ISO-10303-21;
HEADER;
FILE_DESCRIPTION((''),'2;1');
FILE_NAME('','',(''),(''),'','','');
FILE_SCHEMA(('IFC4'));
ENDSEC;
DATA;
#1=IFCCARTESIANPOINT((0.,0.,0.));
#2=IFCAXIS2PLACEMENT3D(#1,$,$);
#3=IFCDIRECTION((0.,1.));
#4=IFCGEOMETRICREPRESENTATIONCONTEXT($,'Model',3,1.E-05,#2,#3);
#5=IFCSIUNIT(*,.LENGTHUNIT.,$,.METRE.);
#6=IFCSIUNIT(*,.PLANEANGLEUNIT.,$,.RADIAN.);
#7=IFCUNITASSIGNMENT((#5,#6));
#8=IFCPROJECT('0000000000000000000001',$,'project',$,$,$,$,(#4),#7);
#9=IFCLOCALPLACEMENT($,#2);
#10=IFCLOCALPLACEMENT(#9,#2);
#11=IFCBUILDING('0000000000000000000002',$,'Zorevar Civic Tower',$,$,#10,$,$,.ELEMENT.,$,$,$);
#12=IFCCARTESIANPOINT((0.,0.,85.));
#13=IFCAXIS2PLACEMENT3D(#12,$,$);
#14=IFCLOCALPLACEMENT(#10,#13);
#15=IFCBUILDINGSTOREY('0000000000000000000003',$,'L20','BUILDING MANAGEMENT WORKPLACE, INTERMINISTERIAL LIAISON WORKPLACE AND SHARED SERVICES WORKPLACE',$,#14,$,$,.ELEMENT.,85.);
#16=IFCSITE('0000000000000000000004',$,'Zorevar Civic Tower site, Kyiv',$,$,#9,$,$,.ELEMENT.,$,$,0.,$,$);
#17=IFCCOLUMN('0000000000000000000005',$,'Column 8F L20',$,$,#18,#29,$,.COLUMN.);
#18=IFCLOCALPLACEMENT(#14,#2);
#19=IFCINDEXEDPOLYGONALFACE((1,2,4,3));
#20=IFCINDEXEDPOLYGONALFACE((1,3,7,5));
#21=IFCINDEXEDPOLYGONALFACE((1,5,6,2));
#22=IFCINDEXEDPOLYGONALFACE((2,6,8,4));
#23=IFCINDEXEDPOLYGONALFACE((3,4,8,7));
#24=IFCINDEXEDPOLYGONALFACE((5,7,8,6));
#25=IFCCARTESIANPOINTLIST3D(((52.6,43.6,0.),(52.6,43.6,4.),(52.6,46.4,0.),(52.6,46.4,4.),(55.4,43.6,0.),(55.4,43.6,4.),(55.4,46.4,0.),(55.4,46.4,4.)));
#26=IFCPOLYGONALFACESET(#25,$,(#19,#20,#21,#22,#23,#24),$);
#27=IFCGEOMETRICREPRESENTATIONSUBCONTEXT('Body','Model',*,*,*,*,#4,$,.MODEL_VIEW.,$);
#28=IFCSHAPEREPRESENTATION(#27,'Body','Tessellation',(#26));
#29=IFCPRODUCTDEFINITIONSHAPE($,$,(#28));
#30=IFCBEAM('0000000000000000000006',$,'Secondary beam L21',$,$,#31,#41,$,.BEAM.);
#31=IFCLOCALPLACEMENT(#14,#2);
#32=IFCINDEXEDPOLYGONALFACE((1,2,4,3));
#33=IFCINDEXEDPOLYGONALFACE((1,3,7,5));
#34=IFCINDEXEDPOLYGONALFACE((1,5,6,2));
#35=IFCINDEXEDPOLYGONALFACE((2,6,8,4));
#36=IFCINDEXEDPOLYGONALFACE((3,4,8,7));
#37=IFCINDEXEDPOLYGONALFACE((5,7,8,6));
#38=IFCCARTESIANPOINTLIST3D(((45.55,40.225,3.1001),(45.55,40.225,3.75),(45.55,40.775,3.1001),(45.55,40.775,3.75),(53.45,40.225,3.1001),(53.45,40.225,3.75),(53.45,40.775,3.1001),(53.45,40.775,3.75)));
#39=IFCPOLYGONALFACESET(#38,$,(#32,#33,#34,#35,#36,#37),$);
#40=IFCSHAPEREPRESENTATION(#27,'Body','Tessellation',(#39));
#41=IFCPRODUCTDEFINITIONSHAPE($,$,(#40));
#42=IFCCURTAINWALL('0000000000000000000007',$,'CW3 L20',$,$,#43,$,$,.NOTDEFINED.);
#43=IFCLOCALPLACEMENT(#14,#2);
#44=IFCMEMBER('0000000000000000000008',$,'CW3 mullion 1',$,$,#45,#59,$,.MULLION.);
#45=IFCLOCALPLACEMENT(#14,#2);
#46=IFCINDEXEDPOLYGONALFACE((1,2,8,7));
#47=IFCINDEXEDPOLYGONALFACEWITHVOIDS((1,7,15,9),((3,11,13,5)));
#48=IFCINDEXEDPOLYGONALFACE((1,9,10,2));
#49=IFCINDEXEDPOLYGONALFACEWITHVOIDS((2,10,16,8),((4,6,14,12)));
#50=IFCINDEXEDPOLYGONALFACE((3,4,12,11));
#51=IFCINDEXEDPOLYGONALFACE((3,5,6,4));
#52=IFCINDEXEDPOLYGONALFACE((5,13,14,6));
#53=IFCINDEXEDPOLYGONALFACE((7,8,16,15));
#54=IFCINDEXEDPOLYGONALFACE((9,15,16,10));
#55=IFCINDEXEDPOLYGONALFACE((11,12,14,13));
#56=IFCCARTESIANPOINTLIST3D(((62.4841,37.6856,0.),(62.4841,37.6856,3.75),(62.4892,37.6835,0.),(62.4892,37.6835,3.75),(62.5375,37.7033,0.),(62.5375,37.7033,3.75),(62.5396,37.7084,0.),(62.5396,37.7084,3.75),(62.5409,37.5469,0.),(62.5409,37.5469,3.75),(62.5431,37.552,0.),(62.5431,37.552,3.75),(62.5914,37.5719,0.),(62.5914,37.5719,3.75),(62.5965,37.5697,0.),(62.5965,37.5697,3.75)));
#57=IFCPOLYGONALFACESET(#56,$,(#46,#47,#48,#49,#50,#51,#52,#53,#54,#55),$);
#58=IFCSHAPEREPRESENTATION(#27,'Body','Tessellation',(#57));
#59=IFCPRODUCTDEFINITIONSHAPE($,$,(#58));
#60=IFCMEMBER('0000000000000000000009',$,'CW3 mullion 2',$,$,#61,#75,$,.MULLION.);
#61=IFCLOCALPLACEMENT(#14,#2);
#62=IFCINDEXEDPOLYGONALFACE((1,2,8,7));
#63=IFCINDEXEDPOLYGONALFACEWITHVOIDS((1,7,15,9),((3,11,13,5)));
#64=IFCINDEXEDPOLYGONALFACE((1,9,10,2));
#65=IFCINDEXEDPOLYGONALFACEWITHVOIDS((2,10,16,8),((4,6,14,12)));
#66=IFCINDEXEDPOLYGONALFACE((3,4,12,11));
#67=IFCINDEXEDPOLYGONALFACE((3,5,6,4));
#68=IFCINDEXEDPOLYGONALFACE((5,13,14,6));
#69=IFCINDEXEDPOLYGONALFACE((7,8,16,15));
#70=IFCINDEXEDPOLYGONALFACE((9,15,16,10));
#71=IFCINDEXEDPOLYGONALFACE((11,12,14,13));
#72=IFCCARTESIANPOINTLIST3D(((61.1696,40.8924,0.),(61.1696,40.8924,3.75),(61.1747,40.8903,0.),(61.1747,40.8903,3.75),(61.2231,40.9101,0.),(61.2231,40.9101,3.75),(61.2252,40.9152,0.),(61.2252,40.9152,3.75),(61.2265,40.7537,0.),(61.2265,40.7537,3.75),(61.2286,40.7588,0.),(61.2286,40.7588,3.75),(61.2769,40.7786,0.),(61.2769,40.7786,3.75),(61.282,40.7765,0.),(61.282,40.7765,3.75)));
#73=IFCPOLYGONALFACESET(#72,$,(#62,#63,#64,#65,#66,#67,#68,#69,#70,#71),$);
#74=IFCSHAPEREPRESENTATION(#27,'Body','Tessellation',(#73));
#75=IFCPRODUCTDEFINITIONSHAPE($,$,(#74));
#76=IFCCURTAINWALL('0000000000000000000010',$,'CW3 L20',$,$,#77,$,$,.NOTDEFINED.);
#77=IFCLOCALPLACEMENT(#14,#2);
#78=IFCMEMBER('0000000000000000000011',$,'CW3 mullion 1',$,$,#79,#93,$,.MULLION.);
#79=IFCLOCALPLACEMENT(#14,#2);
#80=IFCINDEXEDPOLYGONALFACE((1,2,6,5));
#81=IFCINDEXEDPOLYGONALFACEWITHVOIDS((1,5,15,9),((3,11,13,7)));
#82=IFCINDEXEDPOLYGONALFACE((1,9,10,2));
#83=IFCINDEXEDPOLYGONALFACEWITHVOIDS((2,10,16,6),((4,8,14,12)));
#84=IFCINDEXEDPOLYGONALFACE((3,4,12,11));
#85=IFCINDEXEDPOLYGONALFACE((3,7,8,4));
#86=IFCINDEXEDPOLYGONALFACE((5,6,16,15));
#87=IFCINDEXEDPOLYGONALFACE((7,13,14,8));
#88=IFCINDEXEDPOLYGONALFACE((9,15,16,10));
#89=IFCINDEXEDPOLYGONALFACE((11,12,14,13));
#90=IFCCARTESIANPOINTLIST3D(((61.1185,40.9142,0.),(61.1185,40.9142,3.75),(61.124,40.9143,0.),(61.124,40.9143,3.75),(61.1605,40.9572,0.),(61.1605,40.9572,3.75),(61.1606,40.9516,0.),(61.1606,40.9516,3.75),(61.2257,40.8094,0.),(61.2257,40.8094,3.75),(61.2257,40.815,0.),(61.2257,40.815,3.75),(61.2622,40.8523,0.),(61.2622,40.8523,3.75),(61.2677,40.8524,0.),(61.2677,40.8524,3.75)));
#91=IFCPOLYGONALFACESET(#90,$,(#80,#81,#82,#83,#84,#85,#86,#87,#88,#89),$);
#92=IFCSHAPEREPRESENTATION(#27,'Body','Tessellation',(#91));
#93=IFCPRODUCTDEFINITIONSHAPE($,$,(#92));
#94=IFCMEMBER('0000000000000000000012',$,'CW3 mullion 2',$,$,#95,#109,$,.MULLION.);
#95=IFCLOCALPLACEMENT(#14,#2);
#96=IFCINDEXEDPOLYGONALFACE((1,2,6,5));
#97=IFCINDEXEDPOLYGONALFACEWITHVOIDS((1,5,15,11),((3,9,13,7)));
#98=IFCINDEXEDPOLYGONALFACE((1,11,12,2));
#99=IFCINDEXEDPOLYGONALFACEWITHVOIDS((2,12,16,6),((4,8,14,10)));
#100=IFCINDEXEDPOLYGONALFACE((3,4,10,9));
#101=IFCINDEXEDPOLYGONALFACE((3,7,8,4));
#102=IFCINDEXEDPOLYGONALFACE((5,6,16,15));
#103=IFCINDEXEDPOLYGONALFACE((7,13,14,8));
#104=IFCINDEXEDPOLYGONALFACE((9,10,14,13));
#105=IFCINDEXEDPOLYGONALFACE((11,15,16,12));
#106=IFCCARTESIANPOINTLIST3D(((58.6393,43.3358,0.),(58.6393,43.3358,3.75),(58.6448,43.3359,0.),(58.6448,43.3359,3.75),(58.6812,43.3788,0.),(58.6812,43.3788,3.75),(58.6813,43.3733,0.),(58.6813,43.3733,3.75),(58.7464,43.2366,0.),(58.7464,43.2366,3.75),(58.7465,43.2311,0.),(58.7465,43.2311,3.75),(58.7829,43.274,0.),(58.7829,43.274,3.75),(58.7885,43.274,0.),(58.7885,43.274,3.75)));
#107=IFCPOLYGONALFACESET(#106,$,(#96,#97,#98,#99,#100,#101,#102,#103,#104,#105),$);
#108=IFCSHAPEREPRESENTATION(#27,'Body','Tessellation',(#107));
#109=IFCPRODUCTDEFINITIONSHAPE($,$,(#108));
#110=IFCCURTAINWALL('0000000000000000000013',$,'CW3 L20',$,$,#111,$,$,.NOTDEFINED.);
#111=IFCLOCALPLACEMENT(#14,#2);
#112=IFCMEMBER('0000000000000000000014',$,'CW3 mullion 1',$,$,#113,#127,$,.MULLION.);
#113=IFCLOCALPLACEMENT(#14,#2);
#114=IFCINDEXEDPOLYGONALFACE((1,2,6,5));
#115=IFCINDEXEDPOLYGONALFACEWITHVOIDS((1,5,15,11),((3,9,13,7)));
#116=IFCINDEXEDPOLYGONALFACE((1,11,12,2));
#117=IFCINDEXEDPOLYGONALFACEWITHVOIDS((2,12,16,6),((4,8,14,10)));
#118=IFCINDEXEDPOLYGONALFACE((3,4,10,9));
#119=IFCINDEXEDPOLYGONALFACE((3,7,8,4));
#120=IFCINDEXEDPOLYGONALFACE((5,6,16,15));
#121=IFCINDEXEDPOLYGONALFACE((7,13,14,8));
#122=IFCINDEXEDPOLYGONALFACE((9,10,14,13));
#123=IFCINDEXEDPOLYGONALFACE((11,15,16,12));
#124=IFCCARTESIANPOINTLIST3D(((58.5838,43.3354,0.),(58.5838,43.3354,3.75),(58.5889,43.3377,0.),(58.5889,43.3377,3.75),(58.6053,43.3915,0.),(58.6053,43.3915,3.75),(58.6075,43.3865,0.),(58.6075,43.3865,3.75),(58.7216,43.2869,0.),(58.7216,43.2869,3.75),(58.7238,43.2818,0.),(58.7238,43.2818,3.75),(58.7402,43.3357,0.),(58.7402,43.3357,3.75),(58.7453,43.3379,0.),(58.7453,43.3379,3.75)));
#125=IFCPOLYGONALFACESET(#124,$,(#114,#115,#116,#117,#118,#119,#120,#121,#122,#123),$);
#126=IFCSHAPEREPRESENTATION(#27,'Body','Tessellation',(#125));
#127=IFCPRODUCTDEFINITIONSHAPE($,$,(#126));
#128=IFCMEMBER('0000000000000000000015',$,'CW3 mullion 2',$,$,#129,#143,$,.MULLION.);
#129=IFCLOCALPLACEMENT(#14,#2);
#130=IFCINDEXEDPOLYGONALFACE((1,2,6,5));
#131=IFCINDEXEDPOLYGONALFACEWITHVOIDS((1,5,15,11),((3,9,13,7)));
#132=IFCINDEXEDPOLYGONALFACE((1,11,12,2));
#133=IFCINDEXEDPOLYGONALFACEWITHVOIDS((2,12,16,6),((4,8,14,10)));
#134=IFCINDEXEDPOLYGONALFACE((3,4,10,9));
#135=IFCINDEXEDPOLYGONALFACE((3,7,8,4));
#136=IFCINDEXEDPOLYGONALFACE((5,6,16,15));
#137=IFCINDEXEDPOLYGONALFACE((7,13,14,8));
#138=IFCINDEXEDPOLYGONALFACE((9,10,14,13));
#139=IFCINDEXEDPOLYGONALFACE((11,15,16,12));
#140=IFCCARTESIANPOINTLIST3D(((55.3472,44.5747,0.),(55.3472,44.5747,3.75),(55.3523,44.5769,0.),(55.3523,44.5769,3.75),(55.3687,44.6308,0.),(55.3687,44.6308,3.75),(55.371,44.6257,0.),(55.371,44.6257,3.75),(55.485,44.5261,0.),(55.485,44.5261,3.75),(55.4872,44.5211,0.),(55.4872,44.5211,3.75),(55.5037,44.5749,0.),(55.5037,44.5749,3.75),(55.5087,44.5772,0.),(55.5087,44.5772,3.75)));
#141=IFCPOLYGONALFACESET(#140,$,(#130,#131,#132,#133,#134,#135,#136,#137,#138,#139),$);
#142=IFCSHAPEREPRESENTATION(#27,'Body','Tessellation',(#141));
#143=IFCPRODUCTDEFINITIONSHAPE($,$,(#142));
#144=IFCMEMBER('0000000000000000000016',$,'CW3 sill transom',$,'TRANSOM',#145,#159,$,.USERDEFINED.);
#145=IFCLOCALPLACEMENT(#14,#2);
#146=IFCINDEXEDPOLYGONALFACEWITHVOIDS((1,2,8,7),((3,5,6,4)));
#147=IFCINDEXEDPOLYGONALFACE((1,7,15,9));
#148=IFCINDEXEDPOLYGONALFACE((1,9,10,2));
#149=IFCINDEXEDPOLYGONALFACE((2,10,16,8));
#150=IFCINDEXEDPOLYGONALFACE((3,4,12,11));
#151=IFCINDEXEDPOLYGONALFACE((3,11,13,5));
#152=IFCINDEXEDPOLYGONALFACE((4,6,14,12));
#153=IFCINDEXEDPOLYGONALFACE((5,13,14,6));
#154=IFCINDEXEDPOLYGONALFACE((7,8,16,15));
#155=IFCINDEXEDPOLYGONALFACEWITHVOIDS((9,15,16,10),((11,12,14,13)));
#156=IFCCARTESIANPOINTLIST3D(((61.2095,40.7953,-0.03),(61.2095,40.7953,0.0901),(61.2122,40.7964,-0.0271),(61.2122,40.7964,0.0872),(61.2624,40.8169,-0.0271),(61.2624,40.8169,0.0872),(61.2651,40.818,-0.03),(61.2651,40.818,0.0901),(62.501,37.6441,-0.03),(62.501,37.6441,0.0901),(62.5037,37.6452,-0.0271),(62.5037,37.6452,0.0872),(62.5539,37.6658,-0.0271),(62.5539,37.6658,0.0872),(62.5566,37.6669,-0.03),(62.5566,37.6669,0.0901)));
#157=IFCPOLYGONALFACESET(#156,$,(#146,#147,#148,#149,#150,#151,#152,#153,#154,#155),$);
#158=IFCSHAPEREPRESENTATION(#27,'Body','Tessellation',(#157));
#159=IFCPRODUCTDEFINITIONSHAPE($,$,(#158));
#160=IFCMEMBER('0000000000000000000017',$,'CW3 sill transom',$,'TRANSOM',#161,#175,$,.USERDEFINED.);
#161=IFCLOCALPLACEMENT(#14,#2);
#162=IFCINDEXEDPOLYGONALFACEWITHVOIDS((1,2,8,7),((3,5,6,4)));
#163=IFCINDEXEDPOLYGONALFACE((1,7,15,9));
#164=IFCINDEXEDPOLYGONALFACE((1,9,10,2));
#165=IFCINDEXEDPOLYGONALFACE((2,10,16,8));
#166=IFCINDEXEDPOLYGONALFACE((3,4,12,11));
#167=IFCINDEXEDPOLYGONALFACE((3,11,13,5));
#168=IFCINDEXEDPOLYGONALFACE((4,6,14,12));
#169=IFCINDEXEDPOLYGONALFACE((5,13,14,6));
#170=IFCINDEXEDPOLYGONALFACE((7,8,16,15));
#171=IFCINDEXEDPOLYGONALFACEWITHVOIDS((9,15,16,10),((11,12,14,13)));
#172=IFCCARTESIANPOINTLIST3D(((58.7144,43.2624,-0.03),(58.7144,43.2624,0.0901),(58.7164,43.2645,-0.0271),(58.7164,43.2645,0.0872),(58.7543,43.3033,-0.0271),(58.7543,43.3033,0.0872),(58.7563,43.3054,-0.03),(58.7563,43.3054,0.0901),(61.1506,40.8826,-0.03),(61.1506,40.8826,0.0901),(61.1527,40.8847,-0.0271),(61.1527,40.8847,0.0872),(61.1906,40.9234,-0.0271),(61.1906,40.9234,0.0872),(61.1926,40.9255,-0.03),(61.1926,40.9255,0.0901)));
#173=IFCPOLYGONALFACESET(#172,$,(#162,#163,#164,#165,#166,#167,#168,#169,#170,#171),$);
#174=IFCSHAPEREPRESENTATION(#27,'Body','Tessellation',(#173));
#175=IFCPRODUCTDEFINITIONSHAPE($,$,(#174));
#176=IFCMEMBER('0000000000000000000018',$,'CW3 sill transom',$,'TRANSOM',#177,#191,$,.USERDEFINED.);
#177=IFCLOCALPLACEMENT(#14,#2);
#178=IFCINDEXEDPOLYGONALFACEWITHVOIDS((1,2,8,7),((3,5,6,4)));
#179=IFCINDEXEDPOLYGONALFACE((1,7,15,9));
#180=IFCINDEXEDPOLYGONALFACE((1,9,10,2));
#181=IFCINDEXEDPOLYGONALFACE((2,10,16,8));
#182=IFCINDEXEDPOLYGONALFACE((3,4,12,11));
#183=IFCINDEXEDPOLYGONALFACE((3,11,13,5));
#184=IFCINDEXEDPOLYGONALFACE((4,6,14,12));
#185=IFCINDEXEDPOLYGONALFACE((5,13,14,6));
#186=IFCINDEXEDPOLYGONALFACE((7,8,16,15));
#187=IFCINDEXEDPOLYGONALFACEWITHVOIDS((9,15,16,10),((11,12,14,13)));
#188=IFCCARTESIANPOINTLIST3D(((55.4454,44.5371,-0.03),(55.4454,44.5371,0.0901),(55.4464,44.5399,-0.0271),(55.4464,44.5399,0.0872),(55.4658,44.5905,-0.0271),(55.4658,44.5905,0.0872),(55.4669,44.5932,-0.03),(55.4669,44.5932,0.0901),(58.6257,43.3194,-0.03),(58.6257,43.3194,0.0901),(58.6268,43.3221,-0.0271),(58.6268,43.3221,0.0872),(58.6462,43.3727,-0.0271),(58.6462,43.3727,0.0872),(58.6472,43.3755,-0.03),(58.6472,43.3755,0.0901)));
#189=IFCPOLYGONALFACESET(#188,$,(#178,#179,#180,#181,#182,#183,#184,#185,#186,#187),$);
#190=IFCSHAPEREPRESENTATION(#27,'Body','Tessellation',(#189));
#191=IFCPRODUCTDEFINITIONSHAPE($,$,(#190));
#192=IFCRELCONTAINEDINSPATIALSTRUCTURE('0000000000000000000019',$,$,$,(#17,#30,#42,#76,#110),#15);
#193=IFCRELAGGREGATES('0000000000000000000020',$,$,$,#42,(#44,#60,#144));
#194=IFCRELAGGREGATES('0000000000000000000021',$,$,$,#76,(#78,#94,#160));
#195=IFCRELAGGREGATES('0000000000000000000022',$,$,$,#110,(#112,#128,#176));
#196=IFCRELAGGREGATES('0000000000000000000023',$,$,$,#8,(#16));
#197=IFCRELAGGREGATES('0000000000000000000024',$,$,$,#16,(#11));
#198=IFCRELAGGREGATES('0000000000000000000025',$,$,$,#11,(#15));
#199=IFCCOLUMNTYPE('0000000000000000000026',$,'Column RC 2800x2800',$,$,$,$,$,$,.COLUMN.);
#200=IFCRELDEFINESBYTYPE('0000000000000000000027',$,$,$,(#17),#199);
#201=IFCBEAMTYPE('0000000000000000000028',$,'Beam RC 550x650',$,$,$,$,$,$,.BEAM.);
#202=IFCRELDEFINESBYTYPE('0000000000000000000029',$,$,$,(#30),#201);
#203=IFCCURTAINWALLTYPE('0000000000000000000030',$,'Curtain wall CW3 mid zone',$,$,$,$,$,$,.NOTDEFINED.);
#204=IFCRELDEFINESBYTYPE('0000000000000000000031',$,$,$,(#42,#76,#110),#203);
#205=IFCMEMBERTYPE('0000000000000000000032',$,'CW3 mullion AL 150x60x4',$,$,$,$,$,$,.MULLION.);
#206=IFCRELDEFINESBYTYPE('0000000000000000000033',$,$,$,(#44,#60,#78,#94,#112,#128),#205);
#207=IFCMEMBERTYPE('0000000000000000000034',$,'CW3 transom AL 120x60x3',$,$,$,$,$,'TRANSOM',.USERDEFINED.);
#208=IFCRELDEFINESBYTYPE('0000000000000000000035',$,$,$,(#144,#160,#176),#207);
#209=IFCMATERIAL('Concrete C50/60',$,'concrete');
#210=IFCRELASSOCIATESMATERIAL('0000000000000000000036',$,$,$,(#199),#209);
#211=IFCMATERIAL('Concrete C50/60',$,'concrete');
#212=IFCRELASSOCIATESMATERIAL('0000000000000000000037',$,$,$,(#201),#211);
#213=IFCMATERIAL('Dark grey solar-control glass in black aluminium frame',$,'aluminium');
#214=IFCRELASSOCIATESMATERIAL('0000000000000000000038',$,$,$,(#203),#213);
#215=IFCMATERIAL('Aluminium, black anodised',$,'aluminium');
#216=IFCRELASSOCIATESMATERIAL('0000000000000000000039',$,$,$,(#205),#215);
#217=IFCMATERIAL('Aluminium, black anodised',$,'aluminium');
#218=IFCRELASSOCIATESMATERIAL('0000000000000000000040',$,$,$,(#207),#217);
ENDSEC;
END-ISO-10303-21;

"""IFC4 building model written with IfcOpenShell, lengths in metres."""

from ifc_helpers import new_model, si_unit, direction, frame, origin, origin_2d, place, context, subcontext, project, spatial, rectangle, hollow_rectangle, extrude, material, material_profile, profile_set, type_object, element, aggregate, save


model = new_model("IFC4")

# Units and contexts
model_context = context("Model", 3, precision=1e-05, world=origin(), true_north=direction((0.0, 1.0)))
body_context = subcontext(model_context, "Body", "Model", "MODEL_VIEW")
ifc_project = project(units=[si_unit("LENGTHUNIT", "METRE"), si_unit("PLANEANGLEUNIT", "RADIAN")], contexts=[model_context])

# Site, building, storey
site_placement = place(None, origin())
site = spatial("IfcSite", under=ifc_project, at=site_placement, Name="Zorevar Civic Tower site, Kyiv", CompositionType="ELEMENT", RefElevation=0.0)
building_placement = place(site_placement, origin())
building = spatial("IfcBuilding", under=site, at=building_placement, Name="Zorevar Civic Tower", CompositionType="ELEMENT")
storey_placement = place(building_placement, frame((0.0, 0.0, 85.0)))
storey = spatial("IfcBuildingStorey", under=building, at=storey_placement, Name="L20", Description="BUILDING MANAGEMENT WORKPLACE, INTERMINISTERIAL LIAISON WORKPLACE AND SHARED SERVICES WORKPLACE", CompositionType="ELEMENT", Elevation=85.0)

# Column
ifc_material_1 = material(Name="Concrete C50/60", Category="concrete")
ifc_material_profile_1 = material_profile(ifc_material_1, rectangle(XDim=2.8, YDim=2.8, at=origin_2d()), Name="RC 2800x2800")
ifc_profile_set_1 = profile_set([ifc_material_profile_1], Name="Concrete C50/60")
column_type = type_object("IfcColumnType", Name="Column RC 2800x2800", PredefinedType="COLUMN", material=ifc_profile_set_1)
column_placement = place(storey_placement, frame((54.0, 45.0, 0.0), z_axis=(0.0, 0.0, 1.0), x_axis=(1.0, 0.0, 0.0)))
element("IfcColumn", 1, at=column_placement, inside=storey, type_object=column_type, Name="Column 8F L20", PredefinedType="COLUMN", context=body_context, shape_type="SweptSolid", body=[
    extrude(rectangle(XDim=2.8, YDim=2.8, at=origin_2d()), origin(), (0.0, 0.0, 1.0), 4.0),
])

# Beam
ifc_material_2 = material(Name="Concrete C50/60", Category="concrete")
ifc_material_profile_2 = material_profile(ifc_material_2, rectangle(XDim=0.55, YDim=0.6499, at=origin_2d()), Name="RC 550x650")
ifc_profile_set_2 = profile_set([ifc_material_profile_2], Name="Concrete C50/60")
beam_type = type_object("IfcBeamType", Name="Beam RC 550x650", PredefinedType="BEAM", material=ifc_profile_set_2)
beam_placement = place(storey_placement, frame((45.55, 40.5, 3.425), z_axis=(1.0, 0.0, 0.0), x_axis=(0.0, 1.0, 0.0)))
element("IfcBeam", 2, at=beam_placement, inside=storey, type_object=beam_type, Name="Secondary beam L21", PredefinedType="BEAM", context=body_context, shape_type="SweptSolid", body=[
    extrude(rectangle(XDim=0.55, YDim=0.6499, at=origin_2d()), origin(), (0.0, 0.0, 1.0), 7.8999),
])

# Curtain walls, members
ifc_material_3 = material(Name="Dark grey solar-control glass in black aluminium frame", Category="aluminium")
curtain_wall_type = type_object("IfcCurtainWallType", Name="Curtain wall CW3 mid zone", PredefinedType="NOTDEFINED", material=ifc_material_3)
curtain_wall_1_placement = place(storey_placement, origin())
curtain_wall_1 = element("IfcCurtainWall", 3, at=curtain_wall_1_placement, inside=storey, type_object=curtain_wall_type, Name="CW3 L20", PredefinedType="NOTDEFINED")
ifc_material_4 = material(Name="Aluminium, black anodised", Category="aluminium")
ifc_material_profile_3 = material_profile(ifc_material_4, hollow_rectangle(XDim=0.0601, YDim=0.1499, WallThickness=0.0039, at=origin_2d()), Name="AL 150x60x4")
ifc_profile_set_3 = profile_set([ifc_material_profile_3], Name="Aluminium, black anodised")
member_type_1 = type_object("IfcMemberType", Name="CW3 mullion AL 150x60x4", PredefinedType="MULLION", material=ifc_profile_set_3)
member_1_placement = place(storey_placement, frame((62.5403, 37.6277, 0.0), z_axis=(0.0, 0.0, 1.0), x_axis=(-0.925294, -0.379251, 0.0)))
member_1 = element("IfcMember", 4, at=member_1_placement, type_object=member_type_1, Name="CW3 mullion 1", PredefinedType="MULLION", context=body_context, shape_type="SweptSolid", body=[
    extrude(hollow_rectangle(XDim=0.0601, YDim=0.1499, WallThickness=0.0039, at=origin_2d()), origin(), (0.0, 0.0, 1.0), 3.75),
])
member_2_placement = place(storey_placement, frame((61.2258, 40.8345, 0.0), z_axis=(0.0, 0.0, 1.0), x_axis=(-0.925294, -0.379251, 0.0)))
member_2 = element("IfcMember", 5, at=member_2_placement, type_object=member_type_1, Name="CW3 mullion 2", PredefinedType="MULLION", context=body_context, shape_type="SweptSolid", body=[
    extrude(hollow_rectangle(XDim=0.0601, YDim=0.1499, WallThickness=0.0039, at=origin_2d()), origin(), (0.0, 0.0, 1.0), 3.75),
])
curtain_wall_2_placement = place(storey_placement, origin())
curtain_wall_2 = element("IfcCurtainWall", 6, at=curtain_wall_2_placement, inside=storey, type_object=curtain_wall_type, Name="CW3 L20", PredefinedType="NOTDEFINED")
member_3_placement = place(storey_placement, frame((61.1931, 40.8833, 0.0), z_axis=(0.0, 0.0, 1.0), x_axis=(-0.698797, -0.71532, 0.0)))
member_3 = element("IfcMember", 7, at=member_3_placement, type_object=member_type_1, Name="CW3 mullion 1", PredefinedType="MULLION", context=body_context, shape_type="SweptSolid", body=[
    extrude(hollow_rectangle(XDim=0.0601, YDim=0.1499, WallThickness=0.0039, at=origin_2d()), origin(), (0.0, 0.0, 1.0), 3.75),
])
member_4_placement = place(storey_placement, frame((58.7139, 43.3049, 0.0), z_axis=(0.0, 0.0, 1.0), x_axis=(-0.698797, -0.71532, 0.0)))
member_4 = element("IfcMember", 8, at=member_4_placement, type_object=member_type_1, Name="CW3 mullion 2", PredefinedType="MULLION", context=body_context, shape_type="SweptSolid", body=[
    extrude(hollow_rectangle(XDim=0.0601, YDim=0.1499, WallThickness=0.0039, at=origin_2d()), origin(), (0.0, 0.0, 1.0), 3.75),
])
curtain_wall_3_placement = place(storey_placement, origin())
curtain_wall_3 = element("IfcCurtainWall", 9, at=curtain_wall_3_placement, inside=storey, type_object=curtain_wall_type, Name="CW3 L20", PredefinedType="NOTDEFINED")
member_5_placement = place(storey_placement, frame((58.6646, 43.3367, 0.0), z_axis=(0.0, 0.0, 1.0), x_axis=(-0.357561, -0.93389, 0.0)))
member_5 = element("IfcMember", 10, at=member_5_placement, type_object=member_type_1, Name="CW3 mullion 1", PredefinedType="MULLION", context=body_context, shape_type="SweptSolid", body=[
    extrude(hollow_rectangle(XDim=0.0601, YDim=0.1499, WallThickness=0.0039, at=origin_2d()), origin(), (0.0, 0.0, 1.0), 3.75),
])
member_6_placement = place(storey_placement, frame((55.428, 44.5759, 0.0), z_axis=(0.0, 0.0, 1.0), x_axis=(-0.357561, -0.93389, 0.0)))
member_6 = element("IfcMember", 11, at=member_6_placement, type_object=member_type_1, Name="CW3 mullion 2", PredefinedType="MULLION", context=body_context, shape_type="SweptSolid", body=[
    extrude(hollow_rectangle(XDim=0.0601, YDim=0.1499, WallThickness=0.0039, at=origin_2d()), origin(), (0.0, 0.0, 1.0), 3.75),
])

# Members
ifc_material_5 = material(Name="Aluminium, black anodised", Category="aluminium")
ifc_material_profile_4 = material_profile(ifc_material_5, hollow_rectangle(XDim=0.0601, YDim=0.1201, WallThickness=0.0029, at=origin_2d()), Name="AL 120x60x3")
ifc_profile_set_4 = profile_set([ifc_material_profile_4], Name="Aluminium, black anodised")
member_type_2 = type_object("IfcMemberType", Name="CW3 transom AL 120x60x3", ElementType="TRANSOM", PredefinedType="USERDEFINED", material=ifc_profile_set_4)
member_7_placement = place(storey_placement, frame((62.5288, 37.6555, 0.03), z_axis=(-0.379239, 0.925299, 0.0), x_axis=(-0.925299, -0.379239, 0.0)))
member_7 = element("IfcMember", 12, at=member_7_placement, type_object=member_type_2, Name="CW3 sill transom", ObjectType="TRANSOM", PredefinedType="USERDEFINED", context=body_context, shape_type="SweptSolid", body=[
    extrude(hollow_rectangle(XDim=0.0601, YDim=0.1201, WallThickness=0.0029, at=origin_2d()), origin(), (0.0, 0.0, 1.0), 3.4055),
])
member_8_placement = place(storey_placement, frame((61.1716, 40.9041, 0.03), z_axis=(-0.715338, 0.698779, 0.0), x_axis=(-0.698779, -0.715338, 0.0)))
member_8 = element("IfcMember", 13, at=member_8_placement, type_object=member_type_2, Name="CW3 sill transom", ObjectType="TRANSOM", PredefinedType="USERDEFINED", context=body_context, shape_type="SweptSolid", body=[
    extrude(hollow_rectangle(XDim=0.0601, YDim=0.1201, WallThickness=0.0029, at=origin_2d()), origin(), (0.0, 0.0, 1.0), 3.4058),
])
member_9_placement = place(storey_placement, frame((58.6365, 43.3474, 0.03), z_axis=(-0.933882, 0.357581, 0.0), x_axis=(-0.357581, -0.933882, 0.0)))
member_9 = element("IfcMember", 14, at=member_9_placement, type_object=member_type_2, Name="CW3 sill transom", ObjectType="TRANSOM", PredefinedType="USERDEFINED", context=body_context, shape_type="SweptSolid", body=[
    extrude(hollow_rectangle(XDim=0.0601, YDim=0.1201, WallThickness=0.0029, at=origin_2d()), origin(), (0.0, 0.0, 1.0), 3.4055),
])

aggregate(curtain_wall_1, [member_1, member_2, member_7])
aggregate(curtain_wall_2, [member_3, member_4, member_8])
aggregate(curtain_wall_3, [member_5, member_6, member_9])

save(model, "model.ifc")
